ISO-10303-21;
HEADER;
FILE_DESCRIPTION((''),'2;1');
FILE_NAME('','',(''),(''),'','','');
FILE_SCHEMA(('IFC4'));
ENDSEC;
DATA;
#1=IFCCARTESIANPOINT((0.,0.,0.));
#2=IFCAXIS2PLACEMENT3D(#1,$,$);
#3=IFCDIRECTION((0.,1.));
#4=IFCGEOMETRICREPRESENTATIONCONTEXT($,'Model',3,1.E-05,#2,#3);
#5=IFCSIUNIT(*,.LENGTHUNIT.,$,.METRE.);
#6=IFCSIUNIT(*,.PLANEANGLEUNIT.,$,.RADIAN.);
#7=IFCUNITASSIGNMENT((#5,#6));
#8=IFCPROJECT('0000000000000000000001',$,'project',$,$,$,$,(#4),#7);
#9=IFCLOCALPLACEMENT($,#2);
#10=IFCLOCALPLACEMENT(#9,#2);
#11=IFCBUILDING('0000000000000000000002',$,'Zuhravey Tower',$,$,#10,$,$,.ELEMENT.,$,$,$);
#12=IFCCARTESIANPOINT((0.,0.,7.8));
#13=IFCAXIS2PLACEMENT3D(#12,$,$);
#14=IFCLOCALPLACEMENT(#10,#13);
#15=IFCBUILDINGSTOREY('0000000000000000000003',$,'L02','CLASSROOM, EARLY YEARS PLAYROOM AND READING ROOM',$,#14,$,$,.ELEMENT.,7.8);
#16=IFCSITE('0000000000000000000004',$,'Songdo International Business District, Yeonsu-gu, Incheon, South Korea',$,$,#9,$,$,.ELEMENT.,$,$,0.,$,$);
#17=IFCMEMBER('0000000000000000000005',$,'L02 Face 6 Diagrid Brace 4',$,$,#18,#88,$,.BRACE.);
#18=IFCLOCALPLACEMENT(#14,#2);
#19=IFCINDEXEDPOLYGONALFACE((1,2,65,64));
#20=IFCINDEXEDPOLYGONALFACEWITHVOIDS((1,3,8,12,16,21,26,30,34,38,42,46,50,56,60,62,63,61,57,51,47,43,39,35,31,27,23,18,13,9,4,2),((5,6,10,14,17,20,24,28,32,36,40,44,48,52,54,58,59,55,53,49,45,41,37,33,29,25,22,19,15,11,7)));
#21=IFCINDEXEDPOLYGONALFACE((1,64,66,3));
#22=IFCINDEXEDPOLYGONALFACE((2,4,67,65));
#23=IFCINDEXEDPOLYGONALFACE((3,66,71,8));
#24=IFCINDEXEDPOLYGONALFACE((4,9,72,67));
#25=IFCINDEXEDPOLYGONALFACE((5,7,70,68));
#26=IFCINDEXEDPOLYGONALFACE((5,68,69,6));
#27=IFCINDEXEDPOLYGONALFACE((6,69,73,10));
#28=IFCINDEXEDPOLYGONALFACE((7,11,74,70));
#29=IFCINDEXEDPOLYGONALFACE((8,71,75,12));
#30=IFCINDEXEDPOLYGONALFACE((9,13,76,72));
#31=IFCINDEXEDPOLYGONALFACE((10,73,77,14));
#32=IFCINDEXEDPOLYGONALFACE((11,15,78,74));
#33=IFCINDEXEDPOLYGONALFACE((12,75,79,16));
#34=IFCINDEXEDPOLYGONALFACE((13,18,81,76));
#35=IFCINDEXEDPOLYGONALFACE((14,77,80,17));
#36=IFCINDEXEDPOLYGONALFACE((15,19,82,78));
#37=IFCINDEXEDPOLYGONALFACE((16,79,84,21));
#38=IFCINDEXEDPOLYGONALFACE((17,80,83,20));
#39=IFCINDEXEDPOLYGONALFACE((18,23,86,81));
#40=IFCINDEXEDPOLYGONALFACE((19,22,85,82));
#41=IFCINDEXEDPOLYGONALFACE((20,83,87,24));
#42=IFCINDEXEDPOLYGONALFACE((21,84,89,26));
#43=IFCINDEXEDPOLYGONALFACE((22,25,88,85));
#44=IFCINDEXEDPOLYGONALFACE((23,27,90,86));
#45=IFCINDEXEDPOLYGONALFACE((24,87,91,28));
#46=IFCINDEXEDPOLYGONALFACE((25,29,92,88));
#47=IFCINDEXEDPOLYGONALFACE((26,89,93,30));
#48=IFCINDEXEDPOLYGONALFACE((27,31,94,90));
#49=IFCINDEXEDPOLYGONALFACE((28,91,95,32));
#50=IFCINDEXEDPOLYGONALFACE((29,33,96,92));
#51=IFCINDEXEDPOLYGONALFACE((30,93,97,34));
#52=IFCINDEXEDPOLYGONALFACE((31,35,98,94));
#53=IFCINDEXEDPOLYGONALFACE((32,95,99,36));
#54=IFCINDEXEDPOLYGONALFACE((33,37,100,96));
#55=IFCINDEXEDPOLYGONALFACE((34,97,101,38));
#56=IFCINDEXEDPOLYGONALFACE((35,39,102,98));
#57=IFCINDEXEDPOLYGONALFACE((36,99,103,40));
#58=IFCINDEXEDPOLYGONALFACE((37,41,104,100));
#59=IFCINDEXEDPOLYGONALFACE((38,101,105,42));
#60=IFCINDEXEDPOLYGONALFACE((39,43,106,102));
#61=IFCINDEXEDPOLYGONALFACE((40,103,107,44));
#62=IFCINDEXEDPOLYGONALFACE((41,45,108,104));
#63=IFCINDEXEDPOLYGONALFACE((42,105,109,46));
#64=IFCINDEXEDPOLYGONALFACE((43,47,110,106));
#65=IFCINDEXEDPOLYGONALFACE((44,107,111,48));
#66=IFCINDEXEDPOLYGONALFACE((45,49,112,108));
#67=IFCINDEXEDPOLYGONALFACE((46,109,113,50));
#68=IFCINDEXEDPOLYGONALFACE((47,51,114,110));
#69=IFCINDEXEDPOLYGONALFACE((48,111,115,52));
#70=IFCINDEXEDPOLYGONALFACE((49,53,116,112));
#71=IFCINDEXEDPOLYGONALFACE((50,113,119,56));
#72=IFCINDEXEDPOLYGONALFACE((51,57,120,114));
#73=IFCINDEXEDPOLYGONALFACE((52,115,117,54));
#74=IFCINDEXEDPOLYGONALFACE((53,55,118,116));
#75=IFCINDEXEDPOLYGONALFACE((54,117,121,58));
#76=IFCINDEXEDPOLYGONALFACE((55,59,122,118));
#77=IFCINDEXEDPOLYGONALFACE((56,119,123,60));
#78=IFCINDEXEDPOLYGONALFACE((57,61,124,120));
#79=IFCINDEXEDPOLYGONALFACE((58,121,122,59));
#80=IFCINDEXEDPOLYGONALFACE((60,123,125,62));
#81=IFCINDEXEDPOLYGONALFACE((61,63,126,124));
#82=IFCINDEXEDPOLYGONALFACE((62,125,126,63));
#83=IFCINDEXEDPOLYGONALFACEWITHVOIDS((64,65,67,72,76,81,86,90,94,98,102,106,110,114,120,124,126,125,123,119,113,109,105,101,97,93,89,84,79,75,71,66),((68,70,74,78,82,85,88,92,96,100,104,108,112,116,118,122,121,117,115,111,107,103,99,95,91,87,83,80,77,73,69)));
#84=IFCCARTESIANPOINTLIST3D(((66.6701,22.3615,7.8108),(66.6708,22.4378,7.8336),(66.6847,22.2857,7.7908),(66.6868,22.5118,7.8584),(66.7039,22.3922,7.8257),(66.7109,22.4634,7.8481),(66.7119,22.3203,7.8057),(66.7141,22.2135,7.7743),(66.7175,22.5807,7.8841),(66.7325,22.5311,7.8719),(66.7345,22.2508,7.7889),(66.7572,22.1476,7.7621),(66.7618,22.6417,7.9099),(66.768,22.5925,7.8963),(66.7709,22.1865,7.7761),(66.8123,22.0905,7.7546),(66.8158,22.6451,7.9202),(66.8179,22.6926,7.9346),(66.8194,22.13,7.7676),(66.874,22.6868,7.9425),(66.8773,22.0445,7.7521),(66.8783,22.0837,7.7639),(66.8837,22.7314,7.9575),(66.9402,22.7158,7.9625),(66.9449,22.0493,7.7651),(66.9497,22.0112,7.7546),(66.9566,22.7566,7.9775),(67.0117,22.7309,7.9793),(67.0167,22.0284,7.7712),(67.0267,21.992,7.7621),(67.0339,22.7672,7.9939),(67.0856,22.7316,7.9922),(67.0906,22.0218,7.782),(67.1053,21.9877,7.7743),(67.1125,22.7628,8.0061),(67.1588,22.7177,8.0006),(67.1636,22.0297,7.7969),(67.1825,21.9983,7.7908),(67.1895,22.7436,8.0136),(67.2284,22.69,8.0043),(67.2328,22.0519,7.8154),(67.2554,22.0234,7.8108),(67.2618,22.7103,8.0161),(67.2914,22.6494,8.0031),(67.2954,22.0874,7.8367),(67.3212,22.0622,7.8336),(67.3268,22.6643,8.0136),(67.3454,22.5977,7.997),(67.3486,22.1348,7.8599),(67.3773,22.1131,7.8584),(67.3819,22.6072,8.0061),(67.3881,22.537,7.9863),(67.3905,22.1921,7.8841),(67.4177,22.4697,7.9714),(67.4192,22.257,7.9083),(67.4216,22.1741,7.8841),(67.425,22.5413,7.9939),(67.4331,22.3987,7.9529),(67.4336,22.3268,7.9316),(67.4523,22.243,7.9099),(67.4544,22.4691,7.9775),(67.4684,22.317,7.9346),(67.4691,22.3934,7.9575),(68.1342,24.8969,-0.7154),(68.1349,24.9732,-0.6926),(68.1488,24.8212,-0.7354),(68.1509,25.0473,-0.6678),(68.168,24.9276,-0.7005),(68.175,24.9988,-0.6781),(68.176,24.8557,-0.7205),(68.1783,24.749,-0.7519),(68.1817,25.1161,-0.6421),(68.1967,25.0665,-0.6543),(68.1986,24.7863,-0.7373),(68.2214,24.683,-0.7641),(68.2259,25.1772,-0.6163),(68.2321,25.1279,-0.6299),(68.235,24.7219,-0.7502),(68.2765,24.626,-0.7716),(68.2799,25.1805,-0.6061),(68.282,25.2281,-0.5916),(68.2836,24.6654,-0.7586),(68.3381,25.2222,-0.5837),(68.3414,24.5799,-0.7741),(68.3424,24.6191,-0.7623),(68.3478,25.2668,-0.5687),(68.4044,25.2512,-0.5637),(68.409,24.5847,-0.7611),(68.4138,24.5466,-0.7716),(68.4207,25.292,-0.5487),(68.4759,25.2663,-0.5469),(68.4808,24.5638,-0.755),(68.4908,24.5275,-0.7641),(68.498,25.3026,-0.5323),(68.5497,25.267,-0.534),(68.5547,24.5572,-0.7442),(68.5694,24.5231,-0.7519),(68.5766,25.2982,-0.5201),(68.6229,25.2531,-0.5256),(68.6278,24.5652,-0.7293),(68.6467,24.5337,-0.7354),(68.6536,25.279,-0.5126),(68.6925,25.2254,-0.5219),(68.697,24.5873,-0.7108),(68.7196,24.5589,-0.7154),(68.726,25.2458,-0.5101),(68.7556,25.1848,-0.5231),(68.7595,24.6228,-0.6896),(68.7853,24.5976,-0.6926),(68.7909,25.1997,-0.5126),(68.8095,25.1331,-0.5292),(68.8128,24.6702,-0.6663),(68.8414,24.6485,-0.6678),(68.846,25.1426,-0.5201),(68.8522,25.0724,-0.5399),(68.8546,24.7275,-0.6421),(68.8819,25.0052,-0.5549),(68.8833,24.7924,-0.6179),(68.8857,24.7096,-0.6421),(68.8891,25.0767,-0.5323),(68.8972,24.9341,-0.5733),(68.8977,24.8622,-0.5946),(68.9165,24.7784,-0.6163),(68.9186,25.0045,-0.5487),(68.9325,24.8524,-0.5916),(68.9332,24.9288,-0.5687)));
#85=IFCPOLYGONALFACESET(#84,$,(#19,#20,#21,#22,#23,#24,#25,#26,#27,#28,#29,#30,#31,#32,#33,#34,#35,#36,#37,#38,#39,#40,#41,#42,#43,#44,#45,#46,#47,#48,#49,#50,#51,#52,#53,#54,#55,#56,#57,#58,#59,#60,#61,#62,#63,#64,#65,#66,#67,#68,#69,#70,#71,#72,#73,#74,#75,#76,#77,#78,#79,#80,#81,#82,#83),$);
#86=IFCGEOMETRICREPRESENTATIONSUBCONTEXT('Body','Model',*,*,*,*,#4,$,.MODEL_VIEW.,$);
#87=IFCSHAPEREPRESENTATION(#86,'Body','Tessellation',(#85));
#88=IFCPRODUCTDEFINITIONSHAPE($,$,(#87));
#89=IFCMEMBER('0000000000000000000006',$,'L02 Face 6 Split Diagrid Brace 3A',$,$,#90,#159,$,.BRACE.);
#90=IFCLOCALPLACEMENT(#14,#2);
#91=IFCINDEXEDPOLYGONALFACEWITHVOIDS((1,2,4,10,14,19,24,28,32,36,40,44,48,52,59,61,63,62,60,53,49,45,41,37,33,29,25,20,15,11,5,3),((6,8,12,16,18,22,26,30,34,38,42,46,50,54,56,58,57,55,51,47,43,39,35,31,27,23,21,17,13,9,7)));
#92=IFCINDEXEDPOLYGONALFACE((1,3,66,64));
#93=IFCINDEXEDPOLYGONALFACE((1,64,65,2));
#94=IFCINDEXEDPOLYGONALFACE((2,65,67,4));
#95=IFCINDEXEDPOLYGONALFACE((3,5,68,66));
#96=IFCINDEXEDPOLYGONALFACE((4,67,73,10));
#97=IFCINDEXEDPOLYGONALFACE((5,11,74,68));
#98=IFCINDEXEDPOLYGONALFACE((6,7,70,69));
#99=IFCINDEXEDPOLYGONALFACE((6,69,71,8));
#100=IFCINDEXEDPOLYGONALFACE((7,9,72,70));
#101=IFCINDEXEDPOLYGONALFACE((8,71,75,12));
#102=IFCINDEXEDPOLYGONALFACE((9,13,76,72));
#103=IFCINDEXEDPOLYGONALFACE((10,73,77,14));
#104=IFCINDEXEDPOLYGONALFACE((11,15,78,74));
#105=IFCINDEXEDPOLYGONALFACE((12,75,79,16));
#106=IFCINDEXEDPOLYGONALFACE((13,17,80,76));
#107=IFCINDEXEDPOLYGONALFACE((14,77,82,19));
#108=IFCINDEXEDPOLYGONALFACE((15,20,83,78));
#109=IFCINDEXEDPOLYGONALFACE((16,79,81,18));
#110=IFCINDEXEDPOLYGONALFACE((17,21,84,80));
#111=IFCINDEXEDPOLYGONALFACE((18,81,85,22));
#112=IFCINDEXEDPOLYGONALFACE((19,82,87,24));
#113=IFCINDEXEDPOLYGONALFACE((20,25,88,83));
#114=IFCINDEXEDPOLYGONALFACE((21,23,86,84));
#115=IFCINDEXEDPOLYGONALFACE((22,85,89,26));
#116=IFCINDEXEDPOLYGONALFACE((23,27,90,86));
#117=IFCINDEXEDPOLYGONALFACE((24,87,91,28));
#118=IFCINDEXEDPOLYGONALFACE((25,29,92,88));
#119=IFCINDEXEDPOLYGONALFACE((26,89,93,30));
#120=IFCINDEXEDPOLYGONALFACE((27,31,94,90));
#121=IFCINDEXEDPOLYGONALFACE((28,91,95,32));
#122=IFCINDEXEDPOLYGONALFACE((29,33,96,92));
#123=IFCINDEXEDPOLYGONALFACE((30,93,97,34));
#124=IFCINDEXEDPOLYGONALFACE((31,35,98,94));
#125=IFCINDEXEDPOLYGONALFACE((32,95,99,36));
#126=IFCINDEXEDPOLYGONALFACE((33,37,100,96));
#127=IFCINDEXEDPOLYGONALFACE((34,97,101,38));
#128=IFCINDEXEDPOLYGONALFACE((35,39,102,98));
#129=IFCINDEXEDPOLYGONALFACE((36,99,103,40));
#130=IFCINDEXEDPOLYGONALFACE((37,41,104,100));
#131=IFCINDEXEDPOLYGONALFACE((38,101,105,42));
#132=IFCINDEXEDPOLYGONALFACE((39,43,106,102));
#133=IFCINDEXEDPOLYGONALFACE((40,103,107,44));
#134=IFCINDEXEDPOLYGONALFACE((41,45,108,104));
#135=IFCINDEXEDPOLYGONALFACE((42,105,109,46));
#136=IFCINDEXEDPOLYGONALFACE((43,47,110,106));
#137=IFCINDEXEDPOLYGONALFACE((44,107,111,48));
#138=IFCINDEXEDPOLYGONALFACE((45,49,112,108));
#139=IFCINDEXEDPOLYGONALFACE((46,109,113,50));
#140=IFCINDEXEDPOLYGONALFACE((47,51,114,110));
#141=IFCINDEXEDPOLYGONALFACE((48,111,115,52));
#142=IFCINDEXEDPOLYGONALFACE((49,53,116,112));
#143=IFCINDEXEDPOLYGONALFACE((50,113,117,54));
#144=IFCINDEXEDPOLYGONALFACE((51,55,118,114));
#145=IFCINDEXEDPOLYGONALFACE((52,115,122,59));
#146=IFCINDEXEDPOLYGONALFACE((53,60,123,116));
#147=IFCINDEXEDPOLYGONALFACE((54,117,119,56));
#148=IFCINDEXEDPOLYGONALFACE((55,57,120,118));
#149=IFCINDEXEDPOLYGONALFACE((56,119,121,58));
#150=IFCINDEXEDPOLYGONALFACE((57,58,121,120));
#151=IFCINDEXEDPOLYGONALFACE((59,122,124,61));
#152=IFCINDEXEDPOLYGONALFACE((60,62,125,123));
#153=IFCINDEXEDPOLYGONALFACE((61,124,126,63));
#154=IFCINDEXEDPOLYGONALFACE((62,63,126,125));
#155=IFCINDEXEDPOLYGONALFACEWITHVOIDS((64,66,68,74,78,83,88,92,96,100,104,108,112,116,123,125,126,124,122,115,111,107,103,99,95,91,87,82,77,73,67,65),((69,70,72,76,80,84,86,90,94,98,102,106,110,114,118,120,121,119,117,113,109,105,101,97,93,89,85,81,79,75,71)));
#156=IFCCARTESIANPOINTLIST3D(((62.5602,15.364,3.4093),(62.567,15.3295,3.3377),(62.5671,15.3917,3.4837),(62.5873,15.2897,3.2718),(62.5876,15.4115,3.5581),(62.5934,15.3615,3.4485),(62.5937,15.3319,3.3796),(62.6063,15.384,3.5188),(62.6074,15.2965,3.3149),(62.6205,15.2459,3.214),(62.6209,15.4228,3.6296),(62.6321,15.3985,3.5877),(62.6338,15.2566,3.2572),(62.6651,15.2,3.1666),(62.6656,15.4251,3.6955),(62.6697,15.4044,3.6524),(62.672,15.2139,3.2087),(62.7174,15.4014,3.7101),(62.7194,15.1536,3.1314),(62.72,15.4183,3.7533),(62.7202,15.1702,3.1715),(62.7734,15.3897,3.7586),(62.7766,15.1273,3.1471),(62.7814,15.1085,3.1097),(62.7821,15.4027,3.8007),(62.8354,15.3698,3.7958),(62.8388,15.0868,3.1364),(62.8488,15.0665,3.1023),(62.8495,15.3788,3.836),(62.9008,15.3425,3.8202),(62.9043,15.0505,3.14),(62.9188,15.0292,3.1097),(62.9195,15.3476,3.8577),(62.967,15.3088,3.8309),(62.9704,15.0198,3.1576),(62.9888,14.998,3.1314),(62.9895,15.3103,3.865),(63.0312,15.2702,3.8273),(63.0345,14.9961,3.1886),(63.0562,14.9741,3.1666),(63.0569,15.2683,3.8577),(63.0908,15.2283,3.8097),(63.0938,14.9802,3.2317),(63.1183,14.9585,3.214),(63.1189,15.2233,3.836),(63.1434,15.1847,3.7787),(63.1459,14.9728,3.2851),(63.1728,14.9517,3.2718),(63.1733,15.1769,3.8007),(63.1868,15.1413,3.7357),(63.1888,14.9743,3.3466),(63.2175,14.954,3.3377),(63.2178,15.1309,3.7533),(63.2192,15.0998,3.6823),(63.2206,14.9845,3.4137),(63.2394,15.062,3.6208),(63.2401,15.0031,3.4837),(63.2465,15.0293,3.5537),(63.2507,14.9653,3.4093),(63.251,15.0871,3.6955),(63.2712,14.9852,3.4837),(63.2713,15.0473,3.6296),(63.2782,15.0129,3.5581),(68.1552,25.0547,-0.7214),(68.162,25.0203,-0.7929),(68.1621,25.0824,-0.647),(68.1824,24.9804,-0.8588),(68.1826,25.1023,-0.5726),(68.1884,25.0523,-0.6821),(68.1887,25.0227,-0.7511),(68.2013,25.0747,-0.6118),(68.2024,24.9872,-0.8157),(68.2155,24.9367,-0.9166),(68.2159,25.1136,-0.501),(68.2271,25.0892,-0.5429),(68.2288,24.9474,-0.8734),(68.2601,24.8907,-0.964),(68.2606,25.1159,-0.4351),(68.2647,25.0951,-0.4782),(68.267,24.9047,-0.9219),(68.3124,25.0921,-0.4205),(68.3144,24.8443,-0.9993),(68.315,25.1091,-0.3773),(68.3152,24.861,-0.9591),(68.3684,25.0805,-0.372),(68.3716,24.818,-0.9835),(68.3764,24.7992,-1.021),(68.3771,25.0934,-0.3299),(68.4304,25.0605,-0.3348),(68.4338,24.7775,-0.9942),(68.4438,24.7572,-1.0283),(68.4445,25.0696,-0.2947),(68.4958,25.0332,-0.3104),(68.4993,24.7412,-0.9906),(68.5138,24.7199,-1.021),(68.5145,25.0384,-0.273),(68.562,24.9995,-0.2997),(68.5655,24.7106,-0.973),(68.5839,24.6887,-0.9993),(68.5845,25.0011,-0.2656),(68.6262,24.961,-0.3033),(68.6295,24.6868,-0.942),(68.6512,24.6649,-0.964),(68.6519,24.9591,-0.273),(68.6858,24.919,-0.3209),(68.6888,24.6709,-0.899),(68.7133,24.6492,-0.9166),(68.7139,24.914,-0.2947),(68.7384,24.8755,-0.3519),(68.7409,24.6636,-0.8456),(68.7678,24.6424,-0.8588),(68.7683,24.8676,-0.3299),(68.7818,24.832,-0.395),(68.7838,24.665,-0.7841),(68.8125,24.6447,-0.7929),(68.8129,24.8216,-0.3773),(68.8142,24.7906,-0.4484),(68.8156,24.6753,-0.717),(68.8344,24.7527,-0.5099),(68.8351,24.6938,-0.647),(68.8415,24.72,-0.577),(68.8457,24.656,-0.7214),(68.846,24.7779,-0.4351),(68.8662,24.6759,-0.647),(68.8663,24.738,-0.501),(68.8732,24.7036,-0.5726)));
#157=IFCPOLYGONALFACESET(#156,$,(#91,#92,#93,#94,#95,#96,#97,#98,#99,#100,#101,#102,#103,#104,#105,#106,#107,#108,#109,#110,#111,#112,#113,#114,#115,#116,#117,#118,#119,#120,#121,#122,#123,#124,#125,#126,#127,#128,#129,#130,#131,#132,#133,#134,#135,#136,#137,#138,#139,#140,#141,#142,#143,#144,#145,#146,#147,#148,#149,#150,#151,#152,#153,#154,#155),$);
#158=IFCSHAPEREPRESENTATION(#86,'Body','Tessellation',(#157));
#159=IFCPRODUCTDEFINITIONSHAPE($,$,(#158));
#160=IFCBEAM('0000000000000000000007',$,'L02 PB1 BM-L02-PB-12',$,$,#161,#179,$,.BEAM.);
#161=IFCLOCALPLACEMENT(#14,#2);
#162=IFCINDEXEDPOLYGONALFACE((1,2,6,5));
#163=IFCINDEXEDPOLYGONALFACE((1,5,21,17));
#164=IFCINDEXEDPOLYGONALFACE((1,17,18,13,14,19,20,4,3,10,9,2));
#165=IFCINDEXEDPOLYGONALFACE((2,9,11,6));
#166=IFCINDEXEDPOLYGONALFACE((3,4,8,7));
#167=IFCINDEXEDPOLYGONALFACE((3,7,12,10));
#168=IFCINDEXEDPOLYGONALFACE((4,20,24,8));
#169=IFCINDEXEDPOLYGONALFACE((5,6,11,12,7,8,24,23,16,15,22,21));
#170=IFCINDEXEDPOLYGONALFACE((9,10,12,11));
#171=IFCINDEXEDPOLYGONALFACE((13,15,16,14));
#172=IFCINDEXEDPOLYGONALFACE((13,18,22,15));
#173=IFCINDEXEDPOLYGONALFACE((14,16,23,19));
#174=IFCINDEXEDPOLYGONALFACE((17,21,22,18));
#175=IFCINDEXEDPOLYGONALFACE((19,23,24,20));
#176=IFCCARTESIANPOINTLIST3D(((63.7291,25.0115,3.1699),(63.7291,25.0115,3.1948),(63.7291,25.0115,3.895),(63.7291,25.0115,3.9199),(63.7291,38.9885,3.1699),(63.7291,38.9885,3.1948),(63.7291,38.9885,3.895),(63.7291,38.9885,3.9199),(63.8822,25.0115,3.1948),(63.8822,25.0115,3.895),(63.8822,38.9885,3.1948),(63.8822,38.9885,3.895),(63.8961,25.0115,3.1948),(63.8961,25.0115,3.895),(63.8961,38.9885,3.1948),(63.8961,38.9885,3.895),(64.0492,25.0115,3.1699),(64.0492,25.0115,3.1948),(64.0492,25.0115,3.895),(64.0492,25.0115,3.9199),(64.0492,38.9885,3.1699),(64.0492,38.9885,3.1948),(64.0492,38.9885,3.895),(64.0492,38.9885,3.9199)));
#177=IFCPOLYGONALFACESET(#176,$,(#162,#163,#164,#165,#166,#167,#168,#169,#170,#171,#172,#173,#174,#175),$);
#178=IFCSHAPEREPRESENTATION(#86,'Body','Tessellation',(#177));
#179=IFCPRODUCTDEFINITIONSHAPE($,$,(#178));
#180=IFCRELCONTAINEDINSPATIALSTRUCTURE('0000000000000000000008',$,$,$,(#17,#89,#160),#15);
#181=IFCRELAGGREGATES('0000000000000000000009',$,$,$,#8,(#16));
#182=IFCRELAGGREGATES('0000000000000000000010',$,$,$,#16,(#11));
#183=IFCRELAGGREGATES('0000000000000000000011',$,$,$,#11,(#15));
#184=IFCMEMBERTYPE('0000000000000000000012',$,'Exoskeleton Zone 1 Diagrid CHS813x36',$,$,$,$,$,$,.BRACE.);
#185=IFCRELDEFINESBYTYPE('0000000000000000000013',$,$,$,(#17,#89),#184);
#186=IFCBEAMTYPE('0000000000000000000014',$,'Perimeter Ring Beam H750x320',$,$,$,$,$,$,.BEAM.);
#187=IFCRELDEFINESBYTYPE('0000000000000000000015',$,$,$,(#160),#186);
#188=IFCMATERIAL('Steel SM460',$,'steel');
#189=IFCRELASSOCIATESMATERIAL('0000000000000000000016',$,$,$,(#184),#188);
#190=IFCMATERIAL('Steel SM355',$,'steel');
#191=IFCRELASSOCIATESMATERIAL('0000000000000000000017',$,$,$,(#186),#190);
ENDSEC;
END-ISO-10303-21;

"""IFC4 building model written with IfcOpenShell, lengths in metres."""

from ifc_helpers import new_model, si_unit, direction, frame, origin, origin_2d, place, context, subcontext, project, spatial, hollow_circle, i_section, extrude, material, material_profile, profile_set, type_object, element, save


model = new_model("IFC4")

# Units and contexts
model_context = context("Model", 3, precision=1e-05, world=origin(), true_north=direction((0.0, 1.0)))
body_context = subcontext(model_context, "Body", "Model", "MODEL_VIEW")
ifc_project = project(units=[si_unit("LENGTHUNIT", "METRE"), si_unit("PLANEANGLEUNIT", "RADIAN")], contexts=[model_context])

# Site, building, storey
site_placement = place(None, origin())
site = spatial("IfcSite", under=ifc_project, at=site_placement, Name="Songdo International Business District, Yeonsu-gu, Incheon, South Korea", CompositionType="ELEMENT", RefElevation=0.0)
building_placement = place(site_placement, origin())
building = spatial("IfcBuilding", under=site, at=building_placement, Name="Zuhravey Tower", CompositionType="ELEMENT")
storey_placement = place(building_placement, frame((0.0, 0.0, 7.8)))
storey = spatial("IfcBuildingStorey", under=building, at=storey_placement, Name="L02", Description="CLASSROOM, EARLY YEARS PLAYROOM AND READING ROOM", CompositionType="ELEMENT", Elevation=7.8)

# Members
ifc_material_1 = material(Name="Steel SM460", Category="steel")
ifc_material_profile_1 = material_profile(ifc_material_1, hollow_circle(Radius=0.4065, WallThickness=0.0359, at=origin_2d()), Name="CHS-812.8x36")
ifc_profile_set_1 = profile_set([ifc_material_profile_1], Name="Steel SM460")
member_type_1 = type_object("IfcMemberType", Name="Exoskeleton Zone 1 Diagrid CHS813x36", PredefinedType="BRACE", material=ifc_profile_set_1)
member_1_placement = place(storey_placement, frame((68.5337, 24.9128, -0.6421), z_axis=(-0.162412, -0.281249, 0.945792), x_axis=(0.865981, -0.500076, 0.0)))
element("IfcMember", 1, at=member_1_placement, inside=storey, type_object=member_type_1, Name="L02 Face 6 Diagrid Brace 4", PredefinedType="BRACE", context=body_context, shape_type="SweptSolid", body=[
    extrude(hollow_circle(Radius=0.4065, WallThickness=0.0359, at=origin_2d()), origin(), (0.0, 0.0, 1.0), 9.0149),
])
member_2_placement = place(storey_placement, frame((68.5142, 24.8792, -0.647), z_axis=(-0.469066, -0.812437, 0.346299), x_axis=(0.866023, -0.500004, 0.0)))
element("IfcMember", 2, at=member_2_placement, inside=storey, type_object=member_type_1, Name="L02 Face 6 Split Diagrid Brace 3A", PredefinedType="BRACE", context=body_context, shape_type="SweptSolid", body=[
    extrude(hollow_circle(Radius=0.4065, WallThickness=0.0359, at=origin_2d()), origin(), (0.0, 0.0, 1.0), 11.928),
])

# Beam
ifc_material_2 = material(Name="Steel SM355", Category="steel")
ifc_material_profile_2 = material_profile(ifc_material_2, i_section(OverallWidth=0.3201, OverallDepth=0.75, WebThickness=0.0139, FlangeThickness=0.0249, at=origin_2d()), Name="H-750x320x14x25")
ifc_profile_set_2 = profile_set([ifc_material_profile_2], Name="Steel SM355")
beam_type_1 = type_object("IfcBeamType", Name="Perimeter Ring Beam H750x320", PredefinedType="BEAM", material=ifc_profile_set_2)
beam_1_placement = place(storey_placement, frame((63.8892, 25.0115, 3.5449), z_axis=(0.0, 1.0, 0.0), x_axis=(-1.0, 0.0, 0.0)))
element("IfcBeam", 3, at=beam_1_placement, inside=storey, type_object=beam_type_1, Name="L02 PB1 BM-L02-PB-12", PredefinedType="BEAM", context=body_context, shape_type="SweptSolid", body=[
    extrude(i_section(OverallWidth=0.3201, OverallDepth=0.75, WebThickness=0.0139, FlangeThickness=0.0249, at=origin_2d()), origin(), (0.0, 0.0, 1.0), 13.9771),
])

save(model, "model.ifc")
